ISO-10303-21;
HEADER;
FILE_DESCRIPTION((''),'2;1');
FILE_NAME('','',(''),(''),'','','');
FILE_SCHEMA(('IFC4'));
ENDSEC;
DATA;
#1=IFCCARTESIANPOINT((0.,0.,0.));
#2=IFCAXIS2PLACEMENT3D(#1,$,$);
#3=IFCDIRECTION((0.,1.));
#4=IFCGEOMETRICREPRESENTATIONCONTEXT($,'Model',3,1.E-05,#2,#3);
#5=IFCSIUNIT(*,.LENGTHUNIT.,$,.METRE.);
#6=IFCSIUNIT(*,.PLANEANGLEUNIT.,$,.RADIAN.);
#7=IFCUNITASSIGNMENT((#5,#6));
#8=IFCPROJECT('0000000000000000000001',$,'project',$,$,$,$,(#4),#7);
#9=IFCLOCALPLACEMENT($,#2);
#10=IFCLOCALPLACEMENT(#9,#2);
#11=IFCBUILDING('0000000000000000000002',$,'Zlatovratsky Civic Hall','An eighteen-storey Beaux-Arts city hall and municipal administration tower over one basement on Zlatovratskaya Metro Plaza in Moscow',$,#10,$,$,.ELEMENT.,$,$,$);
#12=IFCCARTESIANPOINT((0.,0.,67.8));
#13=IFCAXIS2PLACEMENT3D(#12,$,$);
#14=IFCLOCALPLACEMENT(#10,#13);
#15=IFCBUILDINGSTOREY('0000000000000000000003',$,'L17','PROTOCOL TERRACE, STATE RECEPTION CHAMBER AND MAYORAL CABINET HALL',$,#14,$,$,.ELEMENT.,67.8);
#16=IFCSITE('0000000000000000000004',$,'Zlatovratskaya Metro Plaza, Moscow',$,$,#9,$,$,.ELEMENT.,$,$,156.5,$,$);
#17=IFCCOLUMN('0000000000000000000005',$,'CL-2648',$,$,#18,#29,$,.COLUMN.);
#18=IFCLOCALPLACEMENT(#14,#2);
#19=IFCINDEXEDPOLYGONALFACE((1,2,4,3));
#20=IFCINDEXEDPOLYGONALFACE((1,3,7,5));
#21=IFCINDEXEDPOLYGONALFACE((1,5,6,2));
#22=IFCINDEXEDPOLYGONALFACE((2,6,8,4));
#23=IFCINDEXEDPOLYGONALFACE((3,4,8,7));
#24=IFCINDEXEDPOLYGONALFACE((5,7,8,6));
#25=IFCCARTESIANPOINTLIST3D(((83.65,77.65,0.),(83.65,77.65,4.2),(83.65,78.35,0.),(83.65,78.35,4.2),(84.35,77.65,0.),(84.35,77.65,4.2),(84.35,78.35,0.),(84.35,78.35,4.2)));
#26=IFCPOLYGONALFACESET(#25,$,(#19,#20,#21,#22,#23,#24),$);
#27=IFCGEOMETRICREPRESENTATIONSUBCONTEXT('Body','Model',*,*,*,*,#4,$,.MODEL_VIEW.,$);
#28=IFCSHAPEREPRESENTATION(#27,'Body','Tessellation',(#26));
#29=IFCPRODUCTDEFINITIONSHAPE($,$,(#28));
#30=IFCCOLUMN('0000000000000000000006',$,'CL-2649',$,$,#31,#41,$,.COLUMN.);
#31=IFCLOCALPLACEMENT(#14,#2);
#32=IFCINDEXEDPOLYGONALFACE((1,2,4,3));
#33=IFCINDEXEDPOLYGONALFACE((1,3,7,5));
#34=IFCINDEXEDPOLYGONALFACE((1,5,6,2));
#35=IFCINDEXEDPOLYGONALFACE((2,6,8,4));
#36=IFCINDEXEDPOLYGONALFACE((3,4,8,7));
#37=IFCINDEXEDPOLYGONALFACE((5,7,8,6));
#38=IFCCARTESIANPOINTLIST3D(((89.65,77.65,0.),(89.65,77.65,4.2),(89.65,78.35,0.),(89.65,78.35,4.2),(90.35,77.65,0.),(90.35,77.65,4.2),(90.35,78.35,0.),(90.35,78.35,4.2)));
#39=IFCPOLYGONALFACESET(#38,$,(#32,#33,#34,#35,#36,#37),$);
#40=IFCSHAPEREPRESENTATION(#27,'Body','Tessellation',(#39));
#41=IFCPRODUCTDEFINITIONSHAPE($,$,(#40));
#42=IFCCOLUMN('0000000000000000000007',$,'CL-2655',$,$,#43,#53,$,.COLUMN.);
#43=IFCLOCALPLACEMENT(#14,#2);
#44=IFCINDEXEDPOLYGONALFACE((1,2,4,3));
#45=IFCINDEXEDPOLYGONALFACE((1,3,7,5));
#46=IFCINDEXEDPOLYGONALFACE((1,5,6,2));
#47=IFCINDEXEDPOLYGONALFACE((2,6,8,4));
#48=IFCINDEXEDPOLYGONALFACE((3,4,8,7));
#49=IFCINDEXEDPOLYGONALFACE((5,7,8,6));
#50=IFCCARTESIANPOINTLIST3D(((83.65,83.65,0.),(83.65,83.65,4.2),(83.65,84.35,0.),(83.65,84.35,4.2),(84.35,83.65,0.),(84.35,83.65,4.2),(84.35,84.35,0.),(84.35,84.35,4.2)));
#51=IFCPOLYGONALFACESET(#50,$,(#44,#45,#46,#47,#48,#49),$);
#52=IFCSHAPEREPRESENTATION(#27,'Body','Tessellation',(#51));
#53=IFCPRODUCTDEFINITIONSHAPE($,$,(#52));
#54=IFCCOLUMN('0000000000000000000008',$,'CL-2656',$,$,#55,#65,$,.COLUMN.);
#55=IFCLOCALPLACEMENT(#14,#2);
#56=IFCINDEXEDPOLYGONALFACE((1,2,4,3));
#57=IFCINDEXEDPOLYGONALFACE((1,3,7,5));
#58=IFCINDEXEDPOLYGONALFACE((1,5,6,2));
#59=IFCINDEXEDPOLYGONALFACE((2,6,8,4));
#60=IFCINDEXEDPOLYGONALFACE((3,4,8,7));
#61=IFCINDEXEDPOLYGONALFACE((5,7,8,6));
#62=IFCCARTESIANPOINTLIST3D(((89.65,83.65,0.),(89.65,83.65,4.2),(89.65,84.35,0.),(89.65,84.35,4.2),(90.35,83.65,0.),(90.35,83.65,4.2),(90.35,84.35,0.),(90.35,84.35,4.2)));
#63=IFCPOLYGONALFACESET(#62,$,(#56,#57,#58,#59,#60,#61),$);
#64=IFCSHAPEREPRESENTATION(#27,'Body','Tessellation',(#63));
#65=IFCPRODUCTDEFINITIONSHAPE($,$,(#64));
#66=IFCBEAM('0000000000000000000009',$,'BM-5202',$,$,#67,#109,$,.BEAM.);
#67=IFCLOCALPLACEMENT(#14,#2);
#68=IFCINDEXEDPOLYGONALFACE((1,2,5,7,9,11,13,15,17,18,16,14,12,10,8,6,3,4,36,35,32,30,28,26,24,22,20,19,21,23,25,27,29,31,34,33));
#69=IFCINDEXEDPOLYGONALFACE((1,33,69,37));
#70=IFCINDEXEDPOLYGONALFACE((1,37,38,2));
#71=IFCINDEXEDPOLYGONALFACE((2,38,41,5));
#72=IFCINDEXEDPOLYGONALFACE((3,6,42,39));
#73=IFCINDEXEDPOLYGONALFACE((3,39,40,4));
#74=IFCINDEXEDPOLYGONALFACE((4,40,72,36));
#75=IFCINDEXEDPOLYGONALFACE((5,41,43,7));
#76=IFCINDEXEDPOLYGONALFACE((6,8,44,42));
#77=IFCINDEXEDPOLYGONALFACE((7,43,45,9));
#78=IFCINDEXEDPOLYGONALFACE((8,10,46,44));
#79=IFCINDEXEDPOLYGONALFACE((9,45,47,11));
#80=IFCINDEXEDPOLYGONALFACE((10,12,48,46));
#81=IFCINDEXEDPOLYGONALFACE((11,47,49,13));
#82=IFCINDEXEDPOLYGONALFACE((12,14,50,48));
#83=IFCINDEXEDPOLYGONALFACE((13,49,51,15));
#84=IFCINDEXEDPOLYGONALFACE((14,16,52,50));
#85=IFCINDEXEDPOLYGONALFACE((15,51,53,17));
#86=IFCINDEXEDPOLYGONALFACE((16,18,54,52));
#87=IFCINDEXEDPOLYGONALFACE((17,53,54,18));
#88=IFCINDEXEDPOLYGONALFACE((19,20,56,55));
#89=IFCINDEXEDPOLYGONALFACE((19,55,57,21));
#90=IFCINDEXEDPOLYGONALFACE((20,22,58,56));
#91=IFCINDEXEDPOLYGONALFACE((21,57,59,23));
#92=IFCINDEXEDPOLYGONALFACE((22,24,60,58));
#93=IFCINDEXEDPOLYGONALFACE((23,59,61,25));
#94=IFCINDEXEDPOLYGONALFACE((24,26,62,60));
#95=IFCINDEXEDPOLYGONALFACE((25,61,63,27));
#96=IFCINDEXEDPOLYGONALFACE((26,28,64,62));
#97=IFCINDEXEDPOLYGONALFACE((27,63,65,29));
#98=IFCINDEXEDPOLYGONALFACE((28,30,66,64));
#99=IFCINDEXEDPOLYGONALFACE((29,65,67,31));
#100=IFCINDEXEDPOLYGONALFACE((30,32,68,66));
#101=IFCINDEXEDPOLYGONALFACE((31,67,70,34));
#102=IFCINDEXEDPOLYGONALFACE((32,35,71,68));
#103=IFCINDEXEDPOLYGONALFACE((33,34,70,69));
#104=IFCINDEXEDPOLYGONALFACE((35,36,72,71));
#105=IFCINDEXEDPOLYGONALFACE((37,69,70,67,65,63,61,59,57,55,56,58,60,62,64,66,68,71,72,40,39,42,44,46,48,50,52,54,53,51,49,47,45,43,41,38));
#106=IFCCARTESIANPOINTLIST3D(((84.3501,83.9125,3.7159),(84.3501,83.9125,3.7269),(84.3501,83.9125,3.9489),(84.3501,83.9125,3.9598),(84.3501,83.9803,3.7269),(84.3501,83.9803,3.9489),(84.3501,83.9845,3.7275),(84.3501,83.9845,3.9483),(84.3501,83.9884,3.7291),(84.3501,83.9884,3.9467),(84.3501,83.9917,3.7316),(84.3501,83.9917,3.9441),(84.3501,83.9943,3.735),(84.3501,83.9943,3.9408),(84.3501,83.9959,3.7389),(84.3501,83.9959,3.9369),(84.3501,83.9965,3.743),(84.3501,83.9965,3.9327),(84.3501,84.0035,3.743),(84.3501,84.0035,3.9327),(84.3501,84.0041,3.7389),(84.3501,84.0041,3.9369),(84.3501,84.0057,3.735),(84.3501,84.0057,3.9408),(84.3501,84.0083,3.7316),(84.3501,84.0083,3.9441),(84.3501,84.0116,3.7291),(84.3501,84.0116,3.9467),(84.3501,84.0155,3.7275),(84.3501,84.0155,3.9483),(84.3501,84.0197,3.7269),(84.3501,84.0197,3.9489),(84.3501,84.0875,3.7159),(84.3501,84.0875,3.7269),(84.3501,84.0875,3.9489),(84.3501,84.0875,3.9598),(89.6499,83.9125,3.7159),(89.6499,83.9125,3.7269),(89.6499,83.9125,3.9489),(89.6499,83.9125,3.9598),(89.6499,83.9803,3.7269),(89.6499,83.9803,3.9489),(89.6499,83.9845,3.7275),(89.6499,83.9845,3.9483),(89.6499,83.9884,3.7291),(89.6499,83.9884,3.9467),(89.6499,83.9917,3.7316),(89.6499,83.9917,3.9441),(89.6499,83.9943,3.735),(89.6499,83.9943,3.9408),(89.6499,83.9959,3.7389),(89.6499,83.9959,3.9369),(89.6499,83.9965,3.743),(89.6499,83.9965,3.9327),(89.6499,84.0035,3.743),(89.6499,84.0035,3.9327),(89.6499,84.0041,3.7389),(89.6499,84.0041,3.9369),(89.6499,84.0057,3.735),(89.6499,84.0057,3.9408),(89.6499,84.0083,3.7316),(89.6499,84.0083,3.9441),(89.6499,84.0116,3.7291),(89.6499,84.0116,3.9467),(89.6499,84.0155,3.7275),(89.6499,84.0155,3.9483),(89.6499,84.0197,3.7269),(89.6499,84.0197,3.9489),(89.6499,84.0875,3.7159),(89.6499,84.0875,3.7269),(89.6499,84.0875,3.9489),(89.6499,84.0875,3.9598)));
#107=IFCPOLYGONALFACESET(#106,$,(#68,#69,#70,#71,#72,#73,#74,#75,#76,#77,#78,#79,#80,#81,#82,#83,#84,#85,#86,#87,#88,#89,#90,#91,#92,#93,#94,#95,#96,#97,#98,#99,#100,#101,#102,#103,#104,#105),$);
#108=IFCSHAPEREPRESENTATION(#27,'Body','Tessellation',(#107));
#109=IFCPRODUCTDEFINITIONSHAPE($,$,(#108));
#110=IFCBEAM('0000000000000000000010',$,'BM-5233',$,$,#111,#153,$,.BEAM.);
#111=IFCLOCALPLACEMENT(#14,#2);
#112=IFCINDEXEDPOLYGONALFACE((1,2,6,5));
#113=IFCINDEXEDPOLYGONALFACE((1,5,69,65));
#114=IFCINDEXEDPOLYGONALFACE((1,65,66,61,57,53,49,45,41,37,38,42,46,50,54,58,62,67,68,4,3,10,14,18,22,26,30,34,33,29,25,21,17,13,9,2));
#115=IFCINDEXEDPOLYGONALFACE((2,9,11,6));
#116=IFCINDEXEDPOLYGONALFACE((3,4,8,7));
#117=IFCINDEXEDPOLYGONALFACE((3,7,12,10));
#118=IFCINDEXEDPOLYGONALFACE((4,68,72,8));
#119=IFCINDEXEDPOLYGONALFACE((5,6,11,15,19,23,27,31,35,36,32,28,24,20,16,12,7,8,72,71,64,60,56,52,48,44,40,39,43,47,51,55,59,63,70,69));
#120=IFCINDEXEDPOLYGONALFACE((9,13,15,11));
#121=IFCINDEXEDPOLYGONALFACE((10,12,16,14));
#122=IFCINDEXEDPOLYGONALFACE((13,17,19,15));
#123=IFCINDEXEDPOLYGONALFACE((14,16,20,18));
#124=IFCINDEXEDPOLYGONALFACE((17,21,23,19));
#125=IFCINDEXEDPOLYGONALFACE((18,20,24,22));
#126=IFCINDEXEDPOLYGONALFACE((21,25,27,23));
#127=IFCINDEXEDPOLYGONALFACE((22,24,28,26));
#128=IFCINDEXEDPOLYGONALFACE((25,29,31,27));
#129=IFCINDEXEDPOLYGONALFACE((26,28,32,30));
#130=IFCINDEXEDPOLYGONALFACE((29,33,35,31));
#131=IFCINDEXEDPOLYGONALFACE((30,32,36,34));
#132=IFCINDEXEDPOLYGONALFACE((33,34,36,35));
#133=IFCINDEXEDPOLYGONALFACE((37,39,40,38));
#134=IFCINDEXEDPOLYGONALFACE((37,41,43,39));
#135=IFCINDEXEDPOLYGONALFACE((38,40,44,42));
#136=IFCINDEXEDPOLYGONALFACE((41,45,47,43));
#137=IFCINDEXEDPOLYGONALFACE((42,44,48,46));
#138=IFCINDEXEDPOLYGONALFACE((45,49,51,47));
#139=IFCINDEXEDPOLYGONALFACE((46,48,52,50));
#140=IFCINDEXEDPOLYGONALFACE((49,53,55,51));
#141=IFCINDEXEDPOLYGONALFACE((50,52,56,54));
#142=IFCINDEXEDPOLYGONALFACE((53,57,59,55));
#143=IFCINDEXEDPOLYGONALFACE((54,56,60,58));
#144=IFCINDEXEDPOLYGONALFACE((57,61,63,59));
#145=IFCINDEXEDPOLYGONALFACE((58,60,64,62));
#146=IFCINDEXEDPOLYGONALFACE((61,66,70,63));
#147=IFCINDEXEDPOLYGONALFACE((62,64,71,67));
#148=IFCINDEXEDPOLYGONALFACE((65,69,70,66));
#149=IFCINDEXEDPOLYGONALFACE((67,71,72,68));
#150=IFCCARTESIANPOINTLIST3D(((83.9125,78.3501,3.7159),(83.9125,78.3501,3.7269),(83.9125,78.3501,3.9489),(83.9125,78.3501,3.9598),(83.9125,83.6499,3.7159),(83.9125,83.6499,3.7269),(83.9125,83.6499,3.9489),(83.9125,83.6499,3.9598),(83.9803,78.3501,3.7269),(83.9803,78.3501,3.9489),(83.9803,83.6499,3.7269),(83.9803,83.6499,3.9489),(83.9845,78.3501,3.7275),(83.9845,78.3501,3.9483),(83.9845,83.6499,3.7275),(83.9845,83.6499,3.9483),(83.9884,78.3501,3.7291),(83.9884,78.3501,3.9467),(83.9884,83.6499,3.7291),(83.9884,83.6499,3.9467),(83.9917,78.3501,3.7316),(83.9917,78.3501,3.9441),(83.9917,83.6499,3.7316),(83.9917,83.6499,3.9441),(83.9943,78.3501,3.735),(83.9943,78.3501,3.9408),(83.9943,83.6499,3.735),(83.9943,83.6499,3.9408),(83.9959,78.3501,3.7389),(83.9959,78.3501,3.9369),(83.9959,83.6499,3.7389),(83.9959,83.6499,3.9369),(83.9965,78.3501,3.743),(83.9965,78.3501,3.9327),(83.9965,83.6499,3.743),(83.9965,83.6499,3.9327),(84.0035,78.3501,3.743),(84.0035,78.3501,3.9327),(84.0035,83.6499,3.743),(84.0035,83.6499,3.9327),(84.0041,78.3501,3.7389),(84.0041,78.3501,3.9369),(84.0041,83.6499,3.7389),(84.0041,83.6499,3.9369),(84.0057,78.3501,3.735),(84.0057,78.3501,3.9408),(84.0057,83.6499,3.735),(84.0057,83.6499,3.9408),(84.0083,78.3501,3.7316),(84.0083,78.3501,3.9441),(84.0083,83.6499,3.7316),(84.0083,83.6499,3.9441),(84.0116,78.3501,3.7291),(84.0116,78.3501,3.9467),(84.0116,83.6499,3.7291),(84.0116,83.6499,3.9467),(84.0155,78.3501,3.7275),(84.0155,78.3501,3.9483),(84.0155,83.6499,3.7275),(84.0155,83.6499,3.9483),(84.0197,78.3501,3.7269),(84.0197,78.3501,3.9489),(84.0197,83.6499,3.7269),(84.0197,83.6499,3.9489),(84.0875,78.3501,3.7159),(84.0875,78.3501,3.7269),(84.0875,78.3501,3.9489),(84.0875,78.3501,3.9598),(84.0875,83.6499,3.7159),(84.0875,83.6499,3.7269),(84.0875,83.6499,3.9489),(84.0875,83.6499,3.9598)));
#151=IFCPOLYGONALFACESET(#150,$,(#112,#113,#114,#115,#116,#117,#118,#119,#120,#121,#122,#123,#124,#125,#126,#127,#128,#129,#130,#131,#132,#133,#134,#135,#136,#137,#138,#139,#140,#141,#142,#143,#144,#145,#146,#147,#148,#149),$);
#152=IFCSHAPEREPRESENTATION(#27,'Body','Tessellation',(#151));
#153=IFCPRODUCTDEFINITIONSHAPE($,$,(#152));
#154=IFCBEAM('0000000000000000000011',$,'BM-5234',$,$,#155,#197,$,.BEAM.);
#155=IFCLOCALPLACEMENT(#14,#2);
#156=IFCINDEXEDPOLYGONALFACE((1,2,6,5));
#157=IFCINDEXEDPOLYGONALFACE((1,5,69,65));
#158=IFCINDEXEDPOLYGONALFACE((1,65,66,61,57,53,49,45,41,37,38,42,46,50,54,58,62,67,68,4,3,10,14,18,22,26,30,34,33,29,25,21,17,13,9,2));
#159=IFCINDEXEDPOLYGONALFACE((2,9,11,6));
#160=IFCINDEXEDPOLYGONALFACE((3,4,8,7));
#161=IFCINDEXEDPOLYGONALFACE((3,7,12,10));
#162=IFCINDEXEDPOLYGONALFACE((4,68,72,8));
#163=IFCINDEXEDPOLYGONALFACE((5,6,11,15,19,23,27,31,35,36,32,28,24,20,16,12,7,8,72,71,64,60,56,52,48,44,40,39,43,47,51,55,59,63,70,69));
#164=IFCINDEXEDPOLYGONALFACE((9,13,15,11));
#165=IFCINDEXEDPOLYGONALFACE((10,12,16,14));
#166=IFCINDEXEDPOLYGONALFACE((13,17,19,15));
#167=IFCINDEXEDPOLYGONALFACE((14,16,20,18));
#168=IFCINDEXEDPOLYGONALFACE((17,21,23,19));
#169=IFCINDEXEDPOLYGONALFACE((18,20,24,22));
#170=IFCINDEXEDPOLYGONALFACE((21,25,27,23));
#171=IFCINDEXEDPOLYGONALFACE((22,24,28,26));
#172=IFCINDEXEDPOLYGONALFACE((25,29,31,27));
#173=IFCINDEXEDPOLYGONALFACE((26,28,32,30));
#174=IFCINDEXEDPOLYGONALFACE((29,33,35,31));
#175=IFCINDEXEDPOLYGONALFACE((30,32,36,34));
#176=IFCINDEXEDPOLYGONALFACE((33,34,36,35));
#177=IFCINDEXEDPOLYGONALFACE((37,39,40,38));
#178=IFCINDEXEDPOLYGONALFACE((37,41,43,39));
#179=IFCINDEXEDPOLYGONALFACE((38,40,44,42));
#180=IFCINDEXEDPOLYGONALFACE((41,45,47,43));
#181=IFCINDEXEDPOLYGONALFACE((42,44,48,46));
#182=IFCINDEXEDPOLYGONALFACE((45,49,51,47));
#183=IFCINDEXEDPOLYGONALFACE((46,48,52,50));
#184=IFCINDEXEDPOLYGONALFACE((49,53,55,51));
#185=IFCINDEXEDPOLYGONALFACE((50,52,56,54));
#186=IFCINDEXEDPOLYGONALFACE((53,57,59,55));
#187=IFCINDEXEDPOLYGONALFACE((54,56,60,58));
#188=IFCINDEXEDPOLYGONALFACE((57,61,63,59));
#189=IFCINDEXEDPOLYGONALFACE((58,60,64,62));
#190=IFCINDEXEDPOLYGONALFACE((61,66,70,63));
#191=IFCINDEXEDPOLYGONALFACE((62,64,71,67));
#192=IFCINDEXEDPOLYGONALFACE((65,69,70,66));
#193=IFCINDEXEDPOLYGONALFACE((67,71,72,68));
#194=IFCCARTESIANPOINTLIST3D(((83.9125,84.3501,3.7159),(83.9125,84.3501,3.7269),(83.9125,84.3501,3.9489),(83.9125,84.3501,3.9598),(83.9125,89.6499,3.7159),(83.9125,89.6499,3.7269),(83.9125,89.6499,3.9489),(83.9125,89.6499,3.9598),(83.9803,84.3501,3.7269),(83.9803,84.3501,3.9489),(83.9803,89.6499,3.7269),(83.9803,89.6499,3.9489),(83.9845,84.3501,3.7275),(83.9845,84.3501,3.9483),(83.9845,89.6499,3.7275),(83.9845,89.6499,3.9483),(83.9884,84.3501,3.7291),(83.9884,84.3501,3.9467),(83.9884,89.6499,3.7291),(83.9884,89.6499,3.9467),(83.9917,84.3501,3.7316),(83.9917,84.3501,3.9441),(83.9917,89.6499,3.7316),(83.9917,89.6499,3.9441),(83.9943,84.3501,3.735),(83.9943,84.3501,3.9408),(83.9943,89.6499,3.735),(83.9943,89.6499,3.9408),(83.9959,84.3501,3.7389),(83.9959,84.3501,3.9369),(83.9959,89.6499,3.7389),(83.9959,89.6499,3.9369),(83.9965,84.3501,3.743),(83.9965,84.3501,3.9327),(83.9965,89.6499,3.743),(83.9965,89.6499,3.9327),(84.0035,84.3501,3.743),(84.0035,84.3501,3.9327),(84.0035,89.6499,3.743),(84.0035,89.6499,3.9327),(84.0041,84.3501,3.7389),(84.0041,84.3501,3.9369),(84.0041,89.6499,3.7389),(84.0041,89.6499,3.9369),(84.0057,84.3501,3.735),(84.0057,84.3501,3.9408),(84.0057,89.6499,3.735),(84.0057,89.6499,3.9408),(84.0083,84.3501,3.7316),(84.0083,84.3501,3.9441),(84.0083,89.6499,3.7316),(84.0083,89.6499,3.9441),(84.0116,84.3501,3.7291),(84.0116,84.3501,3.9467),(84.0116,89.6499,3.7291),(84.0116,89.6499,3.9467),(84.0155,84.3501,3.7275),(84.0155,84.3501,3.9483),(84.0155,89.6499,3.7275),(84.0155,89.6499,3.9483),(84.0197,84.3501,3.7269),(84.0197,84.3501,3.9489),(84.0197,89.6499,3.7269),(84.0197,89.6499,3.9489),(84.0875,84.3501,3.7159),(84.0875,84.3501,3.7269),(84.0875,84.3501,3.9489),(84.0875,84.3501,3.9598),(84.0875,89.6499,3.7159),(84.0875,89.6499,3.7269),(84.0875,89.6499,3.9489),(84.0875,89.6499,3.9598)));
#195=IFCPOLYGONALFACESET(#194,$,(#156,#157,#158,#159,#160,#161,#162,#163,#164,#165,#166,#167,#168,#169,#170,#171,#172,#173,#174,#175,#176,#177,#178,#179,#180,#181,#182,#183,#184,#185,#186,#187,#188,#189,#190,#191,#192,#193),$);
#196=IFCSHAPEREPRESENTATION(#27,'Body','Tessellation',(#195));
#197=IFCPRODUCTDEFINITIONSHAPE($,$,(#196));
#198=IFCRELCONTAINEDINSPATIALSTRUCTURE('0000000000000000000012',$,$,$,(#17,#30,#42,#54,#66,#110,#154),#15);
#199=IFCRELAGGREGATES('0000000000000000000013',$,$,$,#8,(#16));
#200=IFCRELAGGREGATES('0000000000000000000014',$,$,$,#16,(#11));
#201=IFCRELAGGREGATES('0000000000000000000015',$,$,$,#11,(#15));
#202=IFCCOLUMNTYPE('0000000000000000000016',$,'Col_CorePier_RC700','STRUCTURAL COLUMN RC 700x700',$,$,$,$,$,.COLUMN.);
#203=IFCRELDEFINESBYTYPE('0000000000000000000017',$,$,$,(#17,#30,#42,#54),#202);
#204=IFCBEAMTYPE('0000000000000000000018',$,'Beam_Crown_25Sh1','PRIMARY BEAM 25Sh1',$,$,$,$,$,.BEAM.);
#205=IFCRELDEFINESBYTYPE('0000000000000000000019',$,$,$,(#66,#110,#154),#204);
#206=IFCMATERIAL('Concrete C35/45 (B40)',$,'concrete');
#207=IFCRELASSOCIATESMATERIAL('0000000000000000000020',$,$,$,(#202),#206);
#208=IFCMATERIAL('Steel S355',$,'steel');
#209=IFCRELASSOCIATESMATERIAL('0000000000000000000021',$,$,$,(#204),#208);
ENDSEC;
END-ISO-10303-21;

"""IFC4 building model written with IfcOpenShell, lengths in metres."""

from ifc_helpers import new_model, si_unit, direction, frame, origin, origin_2d, place, context, subcontext, project, spatial, rectangle, i_section, extrude, material, material_profile, profile_set, type_object, element, save


model = new_model("IFC4")

# Units and contexts
model_context = context("Model", 3, precision=1e-05, world=origin(), true_north=direction((0.0, 1.0)))
body_context = subcontext(model_context, "Body", "Model", "MODEL_VIEW")
ifc_project = project(units=[si_unit("LENGTHUNIT", "METRE"), si_unit("PLANEANGLEUNIT", "RADIAN")], contexts=[model_context])

# Site, building, storey
site_placement = place(None, origin())
site = spatial("IfcSite", under=ifc_project, at=site_placement, Name="Zlatovratskaya Metro Plaza, Moscow", CompositionType="ELEMENT", RefElevation=156.5)
building_placement = place(site_placement, origin())
building = spatial("IfcBuilding", under=site, at=building_placement, Name="Zlatovratsky Civic Hall", Description="An eighteen-storey Beaux-Arts city hall and municipal administration tower over one basement on Zlatovratskaya Metro Plaza in Moscow", CompositionType="ELEMENT")
storey_placement = place(building_placement, frame((0.0, 0.0, 67.8)))
storey = spatial("IfcBuildingStorey", under=building, at=storey_placement, Name="L17", Description="PROTOCOL TERRACE, STATE RECEPTION CHAMBER AND MAYORAL CABINET HALL", CompositionType="ELEMENT", Elevation=67.8)

# Columns
ifc_material_1 = material(Name="Concrete C35/45 (B40)", Category="concrete")
ifc_material_profile_1 = material_profile(ifc_material_1, rectangle(XDim=0.7, YDim=0.7, at=origin_2d()), Name="RC 700x700")
ifc_profile_set_1 = profile_set([ifc_material_profile_1], Name="Concrete C35/45 (B40)")
column_type = type_object("IfcColumnType", Name="Col_CorePier_RC700", Description="STRUCTURAL COLUMN RC 700x700", PredefinedType="COLUMN", material=ifc_profile_set_1)
for number, where, z_axis, x_axis, name in (
    (1, (84.0, 78.0, 0.0), (0.0, 0.0, 1.0), (1.0, 0.0, 0.0), "CL-2648"),
    (2, (90.0, 78.0, 0.0), (0.0, 0.0, 1.0), (1.0, 0.0, 0.0), "CL-2649"),
    (3, (84.0, 84.0, 0.0), (0.0, 0.0, 1.0), (1.0, 0.0, 0.0), "CL-2655"),
    (4, (90.0, 84.0, 0.0), (0.0, 0.0, 1.0), (1.0, 0.0, 0.0), "CL-2656"),
):
    element("IfcColumn", number, at=place(storey_placement, frame(where, z_axis=z_axis, x_axis=x_axis)), inside=storey, type_object=column_type, Name=name, PredefinedType="COLUMN", context=body_context, shape_type="SweptSolid", body=[
        extrude(rectangle(XDim=0.7, YDim=0.7, at=origin_2d()), origin(), (0.0, 0.0, 1.0), 4.2),
    ])

# Beams
ifc_material_2 = material(Name="Steel S355", Category="steel")
ifc_material_profile_2 = material_profile(ifc_material_2, i_section(OverallWidth=0.175, OverallDepth=0.2439, WebThickness=0.0071, FlangeThickness=0.011, FilletRadius=0.0161, at=origin_2d()), Name="25Sh1")
ifc_profile_set_2 = profile_set([ifc_material_profile_2], Name="Steel S355")
beam_type_1 = type_object("IfcBeamType", Name="Beam_Crown_25Sh1", Description="PRIMARY BEAM 25Sh1", PredefinedType="BEAM", material=ifc_profile_set_2)
for number, where, z_axis, x_axis, name in (
    (5, (84.3501, 84.0, 3.8379), (1.0, 0.0, 0.0), (0.0, 1.0, 0.0), "BM-5202"),
    (6, (84.0, 78.3501, 3.8379), (0.0, 1.0, 0.0), (-1.0, 0.0, 0.0), "BM-5233"),
    (7, (84.0, 84.3501, 3.8379), (0.0, 1.0, 0.0), (-1.0, 0.0, 0.0), "BM-5234"),
):
    element("IfcBeam", number, at=place(storey_placement, frame(where, z_axis=z_axis, x_axis=x_axis)), inside=storey, type_object=beam_type_1, Name=name, PredefinedType="BEAM", context=body_context, shape_type="SweptSolid", body=[
        extrude(i_section(OverallWidth=0.175, OverallDepth=0.2439, WebThickness=0.0071, FlangeThickness=0.011, FilletRadius=0.0161, at=origin_2d()), origin(), (0.0, 0.0, 1.0), 5.2998),
    ])

save(model, "model.ifc")
